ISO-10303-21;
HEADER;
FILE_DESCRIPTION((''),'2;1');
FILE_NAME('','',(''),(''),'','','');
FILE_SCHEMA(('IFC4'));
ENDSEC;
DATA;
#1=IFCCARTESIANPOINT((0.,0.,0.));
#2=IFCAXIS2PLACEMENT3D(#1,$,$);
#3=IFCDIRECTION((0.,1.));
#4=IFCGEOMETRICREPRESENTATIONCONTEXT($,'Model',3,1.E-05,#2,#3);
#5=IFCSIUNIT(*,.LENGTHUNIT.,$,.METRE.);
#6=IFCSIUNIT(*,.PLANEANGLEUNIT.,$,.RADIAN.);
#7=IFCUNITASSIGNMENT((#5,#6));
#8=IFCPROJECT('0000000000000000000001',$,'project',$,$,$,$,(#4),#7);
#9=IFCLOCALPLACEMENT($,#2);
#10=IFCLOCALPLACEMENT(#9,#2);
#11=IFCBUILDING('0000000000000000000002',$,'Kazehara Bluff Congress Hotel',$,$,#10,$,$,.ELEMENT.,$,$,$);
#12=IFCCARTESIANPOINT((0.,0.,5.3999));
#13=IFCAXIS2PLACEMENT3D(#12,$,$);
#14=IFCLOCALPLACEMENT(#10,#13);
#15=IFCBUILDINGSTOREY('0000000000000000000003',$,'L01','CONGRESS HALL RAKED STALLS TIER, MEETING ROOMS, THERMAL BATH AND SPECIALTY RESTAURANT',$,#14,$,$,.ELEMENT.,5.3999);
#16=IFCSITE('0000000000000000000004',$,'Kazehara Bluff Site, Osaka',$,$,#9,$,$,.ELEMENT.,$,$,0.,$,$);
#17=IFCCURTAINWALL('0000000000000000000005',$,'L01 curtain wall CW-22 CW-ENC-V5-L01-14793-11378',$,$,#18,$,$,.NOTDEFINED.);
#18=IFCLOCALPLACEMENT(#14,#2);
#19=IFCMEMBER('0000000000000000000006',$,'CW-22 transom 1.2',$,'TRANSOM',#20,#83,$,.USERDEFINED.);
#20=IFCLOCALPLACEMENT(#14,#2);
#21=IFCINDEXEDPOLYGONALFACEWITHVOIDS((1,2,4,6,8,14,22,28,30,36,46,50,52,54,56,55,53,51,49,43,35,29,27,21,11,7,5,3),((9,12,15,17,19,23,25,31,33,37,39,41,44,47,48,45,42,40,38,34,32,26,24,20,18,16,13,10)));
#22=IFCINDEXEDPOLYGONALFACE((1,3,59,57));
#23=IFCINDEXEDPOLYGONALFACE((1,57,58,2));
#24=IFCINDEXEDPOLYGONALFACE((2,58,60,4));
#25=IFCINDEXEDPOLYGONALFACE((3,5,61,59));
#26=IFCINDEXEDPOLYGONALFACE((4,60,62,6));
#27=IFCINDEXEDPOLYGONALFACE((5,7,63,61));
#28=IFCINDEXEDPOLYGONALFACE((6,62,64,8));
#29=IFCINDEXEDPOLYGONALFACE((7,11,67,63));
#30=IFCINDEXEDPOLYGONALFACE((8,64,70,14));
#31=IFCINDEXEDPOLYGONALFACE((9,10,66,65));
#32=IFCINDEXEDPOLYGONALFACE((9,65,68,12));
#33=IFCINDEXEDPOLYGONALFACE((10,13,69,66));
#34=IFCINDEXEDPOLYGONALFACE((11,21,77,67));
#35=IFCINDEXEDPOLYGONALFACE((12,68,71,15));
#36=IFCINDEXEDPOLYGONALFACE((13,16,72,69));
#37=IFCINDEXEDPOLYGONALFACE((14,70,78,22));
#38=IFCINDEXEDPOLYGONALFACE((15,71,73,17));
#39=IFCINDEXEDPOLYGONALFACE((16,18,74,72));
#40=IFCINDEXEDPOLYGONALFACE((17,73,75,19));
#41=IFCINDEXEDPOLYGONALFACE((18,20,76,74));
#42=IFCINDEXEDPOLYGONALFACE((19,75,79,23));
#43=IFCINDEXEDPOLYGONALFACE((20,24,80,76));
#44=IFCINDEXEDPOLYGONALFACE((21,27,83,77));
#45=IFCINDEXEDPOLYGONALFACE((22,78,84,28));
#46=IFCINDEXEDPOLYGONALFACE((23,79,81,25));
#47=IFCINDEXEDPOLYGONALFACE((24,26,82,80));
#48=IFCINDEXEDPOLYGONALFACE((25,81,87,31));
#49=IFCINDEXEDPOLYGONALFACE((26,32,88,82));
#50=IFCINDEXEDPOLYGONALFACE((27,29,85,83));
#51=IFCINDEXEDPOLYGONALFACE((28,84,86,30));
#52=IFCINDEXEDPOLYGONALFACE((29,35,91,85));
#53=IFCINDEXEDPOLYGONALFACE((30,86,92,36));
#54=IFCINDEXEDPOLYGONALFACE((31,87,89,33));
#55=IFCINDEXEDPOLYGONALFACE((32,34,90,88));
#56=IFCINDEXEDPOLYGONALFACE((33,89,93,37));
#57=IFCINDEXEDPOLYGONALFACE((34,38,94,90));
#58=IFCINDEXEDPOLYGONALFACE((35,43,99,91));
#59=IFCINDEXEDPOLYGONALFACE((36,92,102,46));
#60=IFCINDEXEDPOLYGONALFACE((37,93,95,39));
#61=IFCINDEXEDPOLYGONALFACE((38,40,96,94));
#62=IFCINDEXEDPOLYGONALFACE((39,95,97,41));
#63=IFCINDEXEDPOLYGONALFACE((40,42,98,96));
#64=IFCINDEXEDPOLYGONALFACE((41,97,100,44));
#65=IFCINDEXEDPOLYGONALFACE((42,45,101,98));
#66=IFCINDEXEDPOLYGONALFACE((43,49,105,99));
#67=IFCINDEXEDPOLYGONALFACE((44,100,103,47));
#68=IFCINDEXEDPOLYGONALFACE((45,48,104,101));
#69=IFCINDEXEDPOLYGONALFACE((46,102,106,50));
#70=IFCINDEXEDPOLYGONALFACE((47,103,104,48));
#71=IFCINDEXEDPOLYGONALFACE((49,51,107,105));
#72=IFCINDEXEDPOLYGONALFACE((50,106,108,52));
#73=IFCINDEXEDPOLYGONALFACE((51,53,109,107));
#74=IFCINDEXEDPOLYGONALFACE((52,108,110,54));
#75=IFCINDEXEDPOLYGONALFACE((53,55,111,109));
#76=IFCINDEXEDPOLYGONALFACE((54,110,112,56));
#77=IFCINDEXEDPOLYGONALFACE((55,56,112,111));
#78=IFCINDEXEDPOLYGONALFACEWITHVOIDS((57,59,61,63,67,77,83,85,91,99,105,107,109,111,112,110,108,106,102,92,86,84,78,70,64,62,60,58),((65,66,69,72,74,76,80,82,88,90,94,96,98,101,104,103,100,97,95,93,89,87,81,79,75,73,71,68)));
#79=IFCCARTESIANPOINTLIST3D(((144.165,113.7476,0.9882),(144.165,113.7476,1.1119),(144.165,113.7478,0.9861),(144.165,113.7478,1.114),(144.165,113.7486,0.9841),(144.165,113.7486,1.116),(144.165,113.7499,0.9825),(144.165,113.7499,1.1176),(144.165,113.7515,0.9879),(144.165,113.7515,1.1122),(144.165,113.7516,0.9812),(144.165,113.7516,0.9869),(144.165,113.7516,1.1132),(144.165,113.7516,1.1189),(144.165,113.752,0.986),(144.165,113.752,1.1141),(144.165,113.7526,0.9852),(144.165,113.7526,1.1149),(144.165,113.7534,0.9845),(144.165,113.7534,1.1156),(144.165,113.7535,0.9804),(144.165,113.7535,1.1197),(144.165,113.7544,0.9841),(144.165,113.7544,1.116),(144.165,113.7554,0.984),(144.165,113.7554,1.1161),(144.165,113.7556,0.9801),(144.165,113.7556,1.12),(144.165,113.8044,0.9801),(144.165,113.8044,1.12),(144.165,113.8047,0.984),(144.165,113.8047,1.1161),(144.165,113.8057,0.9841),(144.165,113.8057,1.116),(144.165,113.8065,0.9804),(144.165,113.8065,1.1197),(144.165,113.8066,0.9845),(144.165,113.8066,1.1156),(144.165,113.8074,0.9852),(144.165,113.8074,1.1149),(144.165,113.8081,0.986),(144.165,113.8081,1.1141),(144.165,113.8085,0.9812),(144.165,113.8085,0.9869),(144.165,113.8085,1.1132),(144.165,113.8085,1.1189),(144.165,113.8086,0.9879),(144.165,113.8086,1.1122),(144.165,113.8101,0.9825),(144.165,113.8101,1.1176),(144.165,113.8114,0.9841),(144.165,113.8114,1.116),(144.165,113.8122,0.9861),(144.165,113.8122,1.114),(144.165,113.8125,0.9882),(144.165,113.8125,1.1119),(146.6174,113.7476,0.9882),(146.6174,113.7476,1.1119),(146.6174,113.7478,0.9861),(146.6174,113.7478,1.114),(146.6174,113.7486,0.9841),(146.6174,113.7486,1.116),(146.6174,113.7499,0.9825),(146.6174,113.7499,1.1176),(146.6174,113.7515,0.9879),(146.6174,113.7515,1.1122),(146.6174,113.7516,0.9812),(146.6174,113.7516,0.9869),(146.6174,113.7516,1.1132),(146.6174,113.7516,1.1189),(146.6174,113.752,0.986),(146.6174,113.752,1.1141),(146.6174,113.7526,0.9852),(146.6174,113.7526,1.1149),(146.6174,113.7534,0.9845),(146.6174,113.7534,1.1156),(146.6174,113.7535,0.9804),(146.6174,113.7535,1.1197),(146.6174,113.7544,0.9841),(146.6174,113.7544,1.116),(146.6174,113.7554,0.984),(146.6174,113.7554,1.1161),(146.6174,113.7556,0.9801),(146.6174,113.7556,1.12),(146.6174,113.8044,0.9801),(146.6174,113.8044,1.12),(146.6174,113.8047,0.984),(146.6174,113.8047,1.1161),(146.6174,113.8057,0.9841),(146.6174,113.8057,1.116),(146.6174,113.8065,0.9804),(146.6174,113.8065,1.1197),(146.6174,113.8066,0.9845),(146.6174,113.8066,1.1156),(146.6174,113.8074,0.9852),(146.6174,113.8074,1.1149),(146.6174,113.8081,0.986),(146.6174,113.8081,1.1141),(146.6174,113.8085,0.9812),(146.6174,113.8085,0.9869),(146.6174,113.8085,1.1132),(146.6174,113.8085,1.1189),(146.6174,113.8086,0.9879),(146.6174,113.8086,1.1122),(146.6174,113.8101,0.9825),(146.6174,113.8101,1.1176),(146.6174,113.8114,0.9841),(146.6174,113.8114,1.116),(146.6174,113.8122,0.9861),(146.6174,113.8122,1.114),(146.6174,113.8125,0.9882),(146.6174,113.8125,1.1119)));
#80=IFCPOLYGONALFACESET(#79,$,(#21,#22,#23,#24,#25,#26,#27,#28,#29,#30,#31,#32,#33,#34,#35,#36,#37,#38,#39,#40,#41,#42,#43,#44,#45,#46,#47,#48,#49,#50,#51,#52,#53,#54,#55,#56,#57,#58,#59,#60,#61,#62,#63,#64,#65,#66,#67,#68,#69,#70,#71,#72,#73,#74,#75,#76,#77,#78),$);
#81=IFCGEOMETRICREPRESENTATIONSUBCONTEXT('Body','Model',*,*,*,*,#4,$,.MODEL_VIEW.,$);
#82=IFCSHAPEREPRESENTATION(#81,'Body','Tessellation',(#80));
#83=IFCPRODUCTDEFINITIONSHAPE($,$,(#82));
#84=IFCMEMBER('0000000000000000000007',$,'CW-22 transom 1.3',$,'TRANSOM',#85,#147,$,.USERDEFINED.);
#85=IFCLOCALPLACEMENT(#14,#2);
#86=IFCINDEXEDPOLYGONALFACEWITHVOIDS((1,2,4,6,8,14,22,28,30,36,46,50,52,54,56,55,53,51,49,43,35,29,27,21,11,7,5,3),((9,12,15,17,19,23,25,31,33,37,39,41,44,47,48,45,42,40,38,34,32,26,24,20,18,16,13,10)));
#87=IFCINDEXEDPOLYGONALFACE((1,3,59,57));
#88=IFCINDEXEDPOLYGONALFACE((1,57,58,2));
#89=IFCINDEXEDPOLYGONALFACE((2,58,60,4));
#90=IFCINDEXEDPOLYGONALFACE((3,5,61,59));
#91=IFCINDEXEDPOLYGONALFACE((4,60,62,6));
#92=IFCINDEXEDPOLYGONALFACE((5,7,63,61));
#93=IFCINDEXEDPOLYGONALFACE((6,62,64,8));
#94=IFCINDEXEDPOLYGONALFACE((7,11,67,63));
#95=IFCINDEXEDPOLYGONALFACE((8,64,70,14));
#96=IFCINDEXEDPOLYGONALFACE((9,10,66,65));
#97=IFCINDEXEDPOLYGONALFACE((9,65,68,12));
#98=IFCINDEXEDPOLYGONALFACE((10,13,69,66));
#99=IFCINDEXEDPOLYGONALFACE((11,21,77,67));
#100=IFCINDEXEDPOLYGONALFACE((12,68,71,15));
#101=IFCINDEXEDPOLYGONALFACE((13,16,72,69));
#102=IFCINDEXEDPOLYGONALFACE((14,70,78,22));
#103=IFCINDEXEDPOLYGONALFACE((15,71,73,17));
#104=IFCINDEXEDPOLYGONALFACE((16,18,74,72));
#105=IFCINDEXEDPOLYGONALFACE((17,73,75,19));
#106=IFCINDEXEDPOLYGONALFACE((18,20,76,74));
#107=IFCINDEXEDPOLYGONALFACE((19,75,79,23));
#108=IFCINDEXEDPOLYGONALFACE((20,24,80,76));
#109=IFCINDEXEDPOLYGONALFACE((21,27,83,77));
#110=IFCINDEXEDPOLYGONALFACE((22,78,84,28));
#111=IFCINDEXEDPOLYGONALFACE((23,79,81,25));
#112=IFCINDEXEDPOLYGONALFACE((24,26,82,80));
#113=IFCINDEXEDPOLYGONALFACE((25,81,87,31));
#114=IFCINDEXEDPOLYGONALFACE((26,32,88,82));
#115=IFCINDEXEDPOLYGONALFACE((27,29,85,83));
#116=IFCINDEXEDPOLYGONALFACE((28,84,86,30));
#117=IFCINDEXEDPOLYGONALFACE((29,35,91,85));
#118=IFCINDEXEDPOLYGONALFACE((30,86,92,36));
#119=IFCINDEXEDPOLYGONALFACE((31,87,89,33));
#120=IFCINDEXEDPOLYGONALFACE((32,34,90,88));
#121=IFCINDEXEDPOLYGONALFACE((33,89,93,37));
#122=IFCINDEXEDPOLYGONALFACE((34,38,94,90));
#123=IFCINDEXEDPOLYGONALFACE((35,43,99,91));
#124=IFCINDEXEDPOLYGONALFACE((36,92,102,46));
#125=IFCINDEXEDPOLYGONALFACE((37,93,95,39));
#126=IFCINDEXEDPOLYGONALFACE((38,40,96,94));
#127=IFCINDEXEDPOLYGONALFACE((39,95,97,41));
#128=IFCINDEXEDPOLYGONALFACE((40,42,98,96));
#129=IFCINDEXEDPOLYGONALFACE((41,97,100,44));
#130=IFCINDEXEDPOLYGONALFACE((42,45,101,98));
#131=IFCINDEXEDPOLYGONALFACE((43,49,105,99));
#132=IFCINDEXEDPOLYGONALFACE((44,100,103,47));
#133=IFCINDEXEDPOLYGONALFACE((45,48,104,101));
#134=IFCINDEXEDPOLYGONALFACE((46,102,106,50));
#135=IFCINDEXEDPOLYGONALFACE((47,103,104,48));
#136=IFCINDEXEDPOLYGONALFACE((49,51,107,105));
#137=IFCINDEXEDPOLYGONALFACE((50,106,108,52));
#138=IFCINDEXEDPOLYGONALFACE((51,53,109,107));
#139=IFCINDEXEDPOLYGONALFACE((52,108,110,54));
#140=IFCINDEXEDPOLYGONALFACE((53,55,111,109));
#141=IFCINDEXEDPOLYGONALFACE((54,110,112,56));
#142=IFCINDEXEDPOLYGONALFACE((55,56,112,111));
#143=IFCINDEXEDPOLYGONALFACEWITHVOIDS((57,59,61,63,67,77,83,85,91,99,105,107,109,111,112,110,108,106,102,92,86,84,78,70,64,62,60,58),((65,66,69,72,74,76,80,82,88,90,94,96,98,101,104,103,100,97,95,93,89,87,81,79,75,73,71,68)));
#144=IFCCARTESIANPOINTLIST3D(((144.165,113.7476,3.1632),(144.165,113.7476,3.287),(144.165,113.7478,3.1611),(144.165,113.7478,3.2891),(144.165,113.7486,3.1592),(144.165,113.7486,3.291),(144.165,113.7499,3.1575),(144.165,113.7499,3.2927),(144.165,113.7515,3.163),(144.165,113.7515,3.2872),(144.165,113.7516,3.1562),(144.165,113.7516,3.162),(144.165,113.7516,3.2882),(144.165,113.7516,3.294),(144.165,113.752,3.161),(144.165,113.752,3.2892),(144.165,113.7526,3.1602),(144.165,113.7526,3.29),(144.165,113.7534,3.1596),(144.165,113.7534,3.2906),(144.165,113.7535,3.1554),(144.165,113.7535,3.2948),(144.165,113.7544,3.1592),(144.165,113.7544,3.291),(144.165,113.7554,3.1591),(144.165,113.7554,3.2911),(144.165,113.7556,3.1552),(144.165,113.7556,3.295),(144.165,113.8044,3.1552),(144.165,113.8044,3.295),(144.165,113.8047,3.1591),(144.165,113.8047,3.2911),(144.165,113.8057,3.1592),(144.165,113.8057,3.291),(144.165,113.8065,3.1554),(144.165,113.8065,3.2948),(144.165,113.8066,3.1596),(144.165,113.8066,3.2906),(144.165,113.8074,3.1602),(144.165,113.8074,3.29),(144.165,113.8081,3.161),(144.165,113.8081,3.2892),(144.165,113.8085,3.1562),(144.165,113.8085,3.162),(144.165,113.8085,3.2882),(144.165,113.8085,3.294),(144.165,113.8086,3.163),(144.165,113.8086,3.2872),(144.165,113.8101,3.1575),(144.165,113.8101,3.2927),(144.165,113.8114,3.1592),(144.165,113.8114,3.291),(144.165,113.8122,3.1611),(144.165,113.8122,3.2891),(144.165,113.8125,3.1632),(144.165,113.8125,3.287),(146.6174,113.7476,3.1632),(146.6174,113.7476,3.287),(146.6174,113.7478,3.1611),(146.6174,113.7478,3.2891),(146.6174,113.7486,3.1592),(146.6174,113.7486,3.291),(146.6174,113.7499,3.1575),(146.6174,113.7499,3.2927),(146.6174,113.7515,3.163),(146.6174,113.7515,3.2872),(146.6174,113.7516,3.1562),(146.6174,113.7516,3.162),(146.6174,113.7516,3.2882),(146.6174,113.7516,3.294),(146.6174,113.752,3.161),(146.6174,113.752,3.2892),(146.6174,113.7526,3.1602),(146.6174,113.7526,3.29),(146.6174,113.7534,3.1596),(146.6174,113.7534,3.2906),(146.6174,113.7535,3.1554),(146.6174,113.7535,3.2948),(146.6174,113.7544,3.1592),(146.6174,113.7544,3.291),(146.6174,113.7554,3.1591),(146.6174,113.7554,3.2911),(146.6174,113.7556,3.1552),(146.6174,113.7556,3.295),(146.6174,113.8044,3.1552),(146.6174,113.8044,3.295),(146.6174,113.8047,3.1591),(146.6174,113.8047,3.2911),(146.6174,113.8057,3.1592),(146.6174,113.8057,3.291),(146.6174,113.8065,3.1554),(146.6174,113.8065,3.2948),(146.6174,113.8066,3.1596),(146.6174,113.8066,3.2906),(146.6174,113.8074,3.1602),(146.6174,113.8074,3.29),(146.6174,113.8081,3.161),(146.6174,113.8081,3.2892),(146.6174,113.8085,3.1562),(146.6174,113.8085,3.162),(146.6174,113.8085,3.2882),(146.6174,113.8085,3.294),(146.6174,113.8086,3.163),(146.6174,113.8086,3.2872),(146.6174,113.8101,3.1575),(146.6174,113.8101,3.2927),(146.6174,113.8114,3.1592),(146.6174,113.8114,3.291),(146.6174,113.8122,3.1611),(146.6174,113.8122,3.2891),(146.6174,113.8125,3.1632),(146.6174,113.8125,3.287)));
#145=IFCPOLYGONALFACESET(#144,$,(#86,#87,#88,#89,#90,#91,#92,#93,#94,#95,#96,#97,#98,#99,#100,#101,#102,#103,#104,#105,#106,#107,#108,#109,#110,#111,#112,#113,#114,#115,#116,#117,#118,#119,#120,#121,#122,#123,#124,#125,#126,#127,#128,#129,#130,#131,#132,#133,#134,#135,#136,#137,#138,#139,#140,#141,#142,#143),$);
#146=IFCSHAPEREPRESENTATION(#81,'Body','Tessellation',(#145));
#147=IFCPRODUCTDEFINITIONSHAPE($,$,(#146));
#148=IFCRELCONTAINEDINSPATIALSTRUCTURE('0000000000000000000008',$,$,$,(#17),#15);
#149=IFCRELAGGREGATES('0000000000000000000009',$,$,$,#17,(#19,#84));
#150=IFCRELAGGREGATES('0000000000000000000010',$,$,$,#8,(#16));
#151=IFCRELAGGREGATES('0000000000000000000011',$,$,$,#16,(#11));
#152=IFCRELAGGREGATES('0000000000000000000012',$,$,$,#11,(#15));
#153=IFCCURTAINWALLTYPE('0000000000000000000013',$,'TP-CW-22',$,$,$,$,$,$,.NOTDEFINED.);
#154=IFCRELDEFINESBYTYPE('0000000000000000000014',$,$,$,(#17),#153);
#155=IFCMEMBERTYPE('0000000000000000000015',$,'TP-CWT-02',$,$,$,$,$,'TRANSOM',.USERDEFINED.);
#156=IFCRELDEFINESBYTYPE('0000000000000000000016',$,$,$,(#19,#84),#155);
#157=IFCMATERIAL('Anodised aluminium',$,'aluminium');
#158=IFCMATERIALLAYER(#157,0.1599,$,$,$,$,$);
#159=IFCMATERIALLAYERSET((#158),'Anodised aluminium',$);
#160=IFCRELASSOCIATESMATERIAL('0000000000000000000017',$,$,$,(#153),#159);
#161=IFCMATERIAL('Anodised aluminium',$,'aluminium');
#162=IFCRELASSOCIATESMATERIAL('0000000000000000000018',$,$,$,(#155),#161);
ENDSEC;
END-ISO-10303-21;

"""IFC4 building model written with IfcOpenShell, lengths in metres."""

from ifc_helpers import new_model, si_unit, direction, frame, origin, origin_2d, place, context, subcontext, project, spatial, hollow_rectangle, extrude, material, layer, layer_set, material_profile, profile_set, type_object, element, aggregate, save


model = new_model("IFC4")

# Units and contexts
model_context = context("Model", 3, precision=1e-05, world=origin(), true_north=direction((0.0, 1.0)))
body_context = subcontext(model_context, "Body", "Model", "MODEL_VIEW")
ifc_project = project(units=[si_unit("LENGTHUNIT", "METRE"), si_unit("PLANEANGLEUNIT", "RADIAN")], contexts=[model_context])

# Site, building, storey
site_placement = place(None, origin())
site = spatial("IfcSite", under=ifc_project, at=site_placement, Name="Kazehara Bluff Site, Osaka", CompositionType="ELEMENT", RefElevation=0.0)
building_placement = place(site_placement, origin())
building = spatial("IfcBuilding", under=site, at=building_placement, Name="Kazehara Bluff Congress Hotel", CompositionType="ELEMENT")
storey_placement = place(building_placement, frame((0.0, 0.0, 5.3999)))
storey = spatial("IfcBuildingStorey", under=building, at=storey_placement, Name="L01", Description="CONGRESS HALL RAKED STALLS TIER, MEETING ROOMS, THERMAL BATH AND SPECIALTY RESTAURANT", CompositionType="ELEMENT", Elevation=5.3999)

# Curtain wall
ifc_material_1 = material(Name="Anodised aluminium", Category="aluminium")
ifc_layer_1 = layer(ifc_material_1, 0.1599)
ifc_layer_set_1 = layer_set([ifc_layer_1], Name="Anodised aluminium")
curtain_wall_type_1 = type_object("IfcCurtainWallType", Name="TP-CW-22", PredefinedType="NOTDEFINED", material=ifc_layer_set_1)
curtain_wall_1_placement = place(storey_placement, origin())
curtain_wall_1 = element("IfcCurtainWall", 1, at=curtain_wall_1_placement, inside=storey, type_object=curtain_wall_type_1, Name="L01 curtain wall CW-22 CW-ENC-V5-L01-14793-11378", PredefinedType="NOTDEFINED")

# Members
ifc_material_2 = material(Name="Anodised aluminium", Category="aluminium")
ifc_material_profile_1 = material_profile(ifc_material_2, hollow_rectangle(XDim=0.0649, YDim=0.1399, WallThickness=0.0039, InnerFilletRadius=0.0039, OuterFilletRadius=0.0081, at=origin_2d()))
ifc_profile_set_1 = profile_set([ifc_material_profile_1], Name="Anodised aluminium")
member_type_1 = type_object("IfcMemberType", Name="TP-CWT-02", ElementType="TRANSOM", PredefinedType="USERDEFINED", material=ifc_profile_set_1)
member_1_placement = place(storey_placement, frame((144.165, 113.78, 1.05), z_axis=(1.0, 0.0, 0.0), x_axis=(0.0, 1.0, 0.0)))
member_1 = element("IfcMember", 2, at=member_1_placement, type_object=member_type_1, Name="CW-22 transom 1.2", ObjectType="TRANSOM", PredefinedType="USERDEFINED", context=body_context, shape_type="SweptSolid", body=[
    extrude(hollow_rectangle(XDim=0.0649, YDim=0.1399, WallThickness=0.0039, InnerFilletRadius=0.0039, OuterFilletRadius=0.0081, at=origin_2d()), origin(), (0.0, 0.0, 1.0), 2.4524),
])
member_2_placement = place(storey_placement, frame((144.165, 113.78, 3.2251), z_axis=(1.0, 0.0, 0.0), x_axis=(0.0, 1.0, 0.0)))
member_2 = element("IfcMember", 3, at=member_2_placement, type_object=member_type_1, Name="CW-22 transom 1.3", ObjectType="TRANSOM", PredefinedType="USERDEFINED", context=body_context, shape_type="SweptSolid", body=[
    extrude(hollow_rectangle(XDim=0.0649, YDim=0.1399, WallThickness=0.0039, InnerFilletRadius=0.0039, OuterFilletRadius=0.0081, at=origin_2d()), origin(), (0.0, 0.0, 1.0), 2.4524),
])

aggregate(curtain_wall_1, [member_1, member_2])

save(model, "model.ifc")
